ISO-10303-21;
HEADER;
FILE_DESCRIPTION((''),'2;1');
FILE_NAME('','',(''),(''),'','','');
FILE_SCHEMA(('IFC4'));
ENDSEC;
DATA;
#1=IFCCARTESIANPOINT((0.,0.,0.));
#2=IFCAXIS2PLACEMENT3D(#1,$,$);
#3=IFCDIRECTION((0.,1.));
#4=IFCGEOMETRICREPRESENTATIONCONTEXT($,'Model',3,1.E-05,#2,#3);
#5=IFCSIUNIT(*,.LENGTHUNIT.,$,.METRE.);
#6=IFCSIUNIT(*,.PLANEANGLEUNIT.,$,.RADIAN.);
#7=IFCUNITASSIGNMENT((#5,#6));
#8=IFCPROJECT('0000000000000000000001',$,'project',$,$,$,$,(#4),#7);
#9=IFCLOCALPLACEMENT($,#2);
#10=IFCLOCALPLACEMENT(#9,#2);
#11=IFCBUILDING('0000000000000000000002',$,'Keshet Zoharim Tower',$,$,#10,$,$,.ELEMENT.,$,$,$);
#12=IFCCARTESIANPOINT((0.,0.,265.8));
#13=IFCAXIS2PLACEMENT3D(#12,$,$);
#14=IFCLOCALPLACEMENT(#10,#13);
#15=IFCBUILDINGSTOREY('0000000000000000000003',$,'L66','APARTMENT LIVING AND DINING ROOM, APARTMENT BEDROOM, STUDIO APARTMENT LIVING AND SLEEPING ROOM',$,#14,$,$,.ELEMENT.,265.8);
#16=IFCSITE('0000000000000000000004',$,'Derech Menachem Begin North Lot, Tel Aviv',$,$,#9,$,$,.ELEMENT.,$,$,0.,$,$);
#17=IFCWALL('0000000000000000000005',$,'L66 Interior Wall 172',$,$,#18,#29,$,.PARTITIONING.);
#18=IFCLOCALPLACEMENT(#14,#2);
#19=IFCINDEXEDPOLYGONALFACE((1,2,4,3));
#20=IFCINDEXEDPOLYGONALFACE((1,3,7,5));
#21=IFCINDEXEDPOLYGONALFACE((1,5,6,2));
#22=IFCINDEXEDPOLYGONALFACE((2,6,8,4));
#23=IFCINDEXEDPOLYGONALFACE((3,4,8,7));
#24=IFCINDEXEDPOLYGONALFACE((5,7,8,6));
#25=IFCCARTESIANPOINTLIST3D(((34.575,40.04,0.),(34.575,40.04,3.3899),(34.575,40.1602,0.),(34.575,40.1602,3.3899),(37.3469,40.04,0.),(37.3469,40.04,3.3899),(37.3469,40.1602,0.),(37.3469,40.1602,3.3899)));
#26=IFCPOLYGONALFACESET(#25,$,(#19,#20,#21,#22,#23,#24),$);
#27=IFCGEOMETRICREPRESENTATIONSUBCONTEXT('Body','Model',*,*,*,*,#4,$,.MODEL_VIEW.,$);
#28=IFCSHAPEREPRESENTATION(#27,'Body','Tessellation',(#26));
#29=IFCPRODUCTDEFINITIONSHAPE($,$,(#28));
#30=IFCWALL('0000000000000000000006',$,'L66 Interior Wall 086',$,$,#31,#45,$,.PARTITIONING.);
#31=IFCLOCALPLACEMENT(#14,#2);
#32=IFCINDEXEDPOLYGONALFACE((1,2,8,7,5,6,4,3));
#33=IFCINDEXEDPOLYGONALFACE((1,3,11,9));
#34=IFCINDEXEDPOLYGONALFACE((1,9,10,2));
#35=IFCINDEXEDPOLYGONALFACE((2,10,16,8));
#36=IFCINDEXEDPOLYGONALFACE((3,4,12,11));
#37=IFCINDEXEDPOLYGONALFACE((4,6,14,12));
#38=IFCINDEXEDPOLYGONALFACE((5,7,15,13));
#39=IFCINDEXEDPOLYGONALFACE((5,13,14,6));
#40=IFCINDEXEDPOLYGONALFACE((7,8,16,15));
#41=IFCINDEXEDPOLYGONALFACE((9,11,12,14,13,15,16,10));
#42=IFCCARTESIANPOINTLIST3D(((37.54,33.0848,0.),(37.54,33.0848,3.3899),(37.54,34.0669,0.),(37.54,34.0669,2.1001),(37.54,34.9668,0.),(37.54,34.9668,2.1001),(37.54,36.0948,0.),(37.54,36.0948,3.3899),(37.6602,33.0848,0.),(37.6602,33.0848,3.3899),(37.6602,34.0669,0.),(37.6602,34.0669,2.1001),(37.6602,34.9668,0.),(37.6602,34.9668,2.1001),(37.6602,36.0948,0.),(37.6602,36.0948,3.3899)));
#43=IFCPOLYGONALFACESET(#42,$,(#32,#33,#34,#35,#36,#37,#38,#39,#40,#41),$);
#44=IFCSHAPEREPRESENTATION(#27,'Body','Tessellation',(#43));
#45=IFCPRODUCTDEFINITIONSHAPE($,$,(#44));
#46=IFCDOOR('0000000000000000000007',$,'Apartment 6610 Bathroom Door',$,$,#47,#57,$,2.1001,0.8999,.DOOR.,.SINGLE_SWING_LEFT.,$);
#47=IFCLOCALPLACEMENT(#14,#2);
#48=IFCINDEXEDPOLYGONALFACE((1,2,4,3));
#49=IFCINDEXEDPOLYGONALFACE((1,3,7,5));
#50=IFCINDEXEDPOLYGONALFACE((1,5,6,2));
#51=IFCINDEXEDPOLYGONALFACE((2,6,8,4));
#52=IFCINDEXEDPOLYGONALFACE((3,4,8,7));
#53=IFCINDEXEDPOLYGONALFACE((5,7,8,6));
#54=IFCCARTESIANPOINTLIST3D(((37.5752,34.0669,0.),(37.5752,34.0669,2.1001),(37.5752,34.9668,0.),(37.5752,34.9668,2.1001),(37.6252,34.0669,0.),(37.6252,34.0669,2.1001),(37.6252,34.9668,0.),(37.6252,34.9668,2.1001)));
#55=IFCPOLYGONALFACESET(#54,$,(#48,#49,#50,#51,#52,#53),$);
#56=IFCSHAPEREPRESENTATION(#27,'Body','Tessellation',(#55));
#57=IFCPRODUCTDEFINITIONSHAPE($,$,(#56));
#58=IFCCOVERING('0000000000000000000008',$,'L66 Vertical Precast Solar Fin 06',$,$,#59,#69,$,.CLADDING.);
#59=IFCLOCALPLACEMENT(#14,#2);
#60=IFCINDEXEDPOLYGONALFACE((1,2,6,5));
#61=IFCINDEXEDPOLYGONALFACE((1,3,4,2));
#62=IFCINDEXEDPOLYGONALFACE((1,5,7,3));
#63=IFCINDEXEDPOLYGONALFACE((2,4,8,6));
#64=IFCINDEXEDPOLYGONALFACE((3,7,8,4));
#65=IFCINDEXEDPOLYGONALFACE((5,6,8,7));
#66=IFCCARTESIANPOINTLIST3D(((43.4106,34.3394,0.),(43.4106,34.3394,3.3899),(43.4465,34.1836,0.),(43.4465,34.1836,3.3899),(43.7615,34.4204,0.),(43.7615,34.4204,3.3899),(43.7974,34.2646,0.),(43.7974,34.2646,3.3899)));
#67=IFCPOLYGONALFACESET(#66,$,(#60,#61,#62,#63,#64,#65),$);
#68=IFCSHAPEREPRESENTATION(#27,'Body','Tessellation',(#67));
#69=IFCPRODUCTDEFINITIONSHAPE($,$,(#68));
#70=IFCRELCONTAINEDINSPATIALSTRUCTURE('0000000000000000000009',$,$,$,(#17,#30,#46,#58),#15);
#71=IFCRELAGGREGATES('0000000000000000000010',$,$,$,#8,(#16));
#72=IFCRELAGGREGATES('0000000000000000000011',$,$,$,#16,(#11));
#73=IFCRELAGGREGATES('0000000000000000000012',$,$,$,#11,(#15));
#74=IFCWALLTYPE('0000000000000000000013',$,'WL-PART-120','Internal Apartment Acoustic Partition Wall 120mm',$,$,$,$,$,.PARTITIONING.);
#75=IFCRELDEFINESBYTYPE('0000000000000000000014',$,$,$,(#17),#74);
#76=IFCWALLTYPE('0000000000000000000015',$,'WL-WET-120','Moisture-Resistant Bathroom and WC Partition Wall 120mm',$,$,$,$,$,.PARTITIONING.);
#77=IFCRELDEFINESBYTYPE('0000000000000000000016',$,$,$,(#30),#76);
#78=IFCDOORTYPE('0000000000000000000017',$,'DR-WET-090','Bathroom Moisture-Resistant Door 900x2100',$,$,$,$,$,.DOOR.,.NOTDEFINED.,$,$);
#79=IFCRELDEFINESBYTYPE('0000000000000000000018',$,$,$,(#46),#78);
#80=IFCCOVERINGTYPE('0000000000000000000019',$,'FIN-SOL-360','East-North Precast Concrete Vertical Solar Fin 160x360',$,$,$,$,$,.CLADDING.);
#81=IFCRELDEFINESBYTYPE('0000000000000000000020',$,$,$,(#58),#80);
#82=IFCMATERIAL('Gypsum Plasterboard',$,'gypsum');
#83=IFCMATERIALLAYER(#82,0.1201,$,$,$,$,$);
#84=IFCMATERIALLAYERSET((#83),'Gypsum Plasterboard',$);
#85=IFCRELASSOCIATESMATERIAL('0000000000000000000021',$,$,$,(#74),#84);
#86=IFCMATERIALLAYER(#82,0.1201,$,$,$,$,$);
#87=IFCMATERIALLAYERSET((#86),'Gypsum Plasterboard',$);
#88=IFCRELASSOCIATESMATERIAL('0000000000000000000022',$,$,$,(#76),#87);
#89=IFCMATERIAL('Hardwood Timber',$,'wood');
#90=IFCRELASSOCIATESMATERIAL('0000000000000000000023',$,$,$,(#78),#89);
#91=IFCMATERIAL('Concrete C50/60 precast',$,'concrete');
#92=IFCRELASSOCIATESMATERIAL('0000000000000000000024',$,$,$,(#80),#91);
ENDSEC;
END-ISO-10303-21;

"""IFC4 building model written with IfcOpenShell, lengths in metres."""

from ifc_helpers import new_model, si_unit, direction, frame, frame_2d, origin, origin_2d, place, context, subcontext, project, spatial, rectangle, extrude, material, layer, layer_set, type_object, element, fill, save


model = new_model("IFC4")

# Units and contexts
model_context = context("Model", 3, precision=1e-05, world=origin(), true_north=direction((0.0, 1.0)))
body_context = subcontext(model_context, "Body", "Model", "MODEL_VIEW")
ifc_project = project(units=[si_unit("LENGTHUNIT", "METRE"), si_unit("PLANEANGLEUNIT", "RADIAN")], contexts=[model_context])

# Site, building, storey
site_placement = place(None, origin())
site = spatial("IfcSite", under=ifc_project, at=site_placement, Name="Derech Menachem Begin North Lot, Tel Aviv", CompositionType="ELEMENT", RefElevation=0.0)
building_placement = place(site_placement, origin())
building = spatial("IfcBuilding", under=site, at=building_placement, Name="Keshet Zoharim Tower", CompositionType="ELEMENT")
storey_placement = place(building_placement, frame((0.0, 0.0, 265.8)))
storey = spatial("IfcBuildingStorey", under=building, at=storey_placement, Name="L66", Description="APARTMENT LIVING AND DINING ROOM, APARTMENT BEDROOM, STUDIO APARTMENT LIVING AND SLEEPING ROOM", CompositionType="ELEMENT", Elevation=265.8)

# Shared definitions
ifc_material_1 = material(Name="Hardwood Timber", Category="wood")

# Shared definitions
ifc_material_2 = material(Name="Gypsum Plasterboard", Category="gypsum")
ifc_layer_1 = layer(ifc_material_2, 0.1201)
ifc_layer_set_1 = layer_set([ifc_layer_1], Name="Gypsum Plasterboard")
wall_type_1 = type_object("IfcWallType", Name="WL-PART-120", Description="Internal Apartment Acoustic Partition Wall 120mm", PredefinedType="PARTITIONING", material=ifc_layer_set_1)

# Wall
wall_1_placement = place(storey_placement, frame((34.575, 40.1001, 0.0), z_axis=(0.0, 0.0, 1.0), x_axis=(1.0, 0.0, 0.0)))
element("IfcWall", 1, at=wall_1_placement, inside=storey, type_object=wall_type_1, Name="L66 Interior Wall 172", PredefinedType="PARTITIONING", context=body_context, shape_type="SweptSolid", body=[
    extrude(rectangle(XDim=2.772, YDim=0.1201, at=frame_2d((1.386, 0.0))), origin(), (0.0, 0.0, 1.0), 3.3899),
])

# Wall, opening, door
ifc_layer_2 = layer(ifc_material_2, 0.1201)
ifc_layer_set_2 = layer_set([ifc_layer_2], Name="Gypsum Plasterboard")
wall_type_2 = type_object("IfcWallType", Name="WL-WET-120", Description="Moisture-Resistant Bathroom and WC Partition Wall 120mm", PredefinedType="PARTITIONING", material=ifc_layer_set_2)
wall_2_placement = place(storey_placement, frame((37.6001, 33.085, 0.0), z_axis=(0.0, 0.0, 1.0), x_axis=(0.0, 1.0, 0.0)))
wall_2 = element("IfcWall", 2, at=wall_2_placement, inside=storey, type_object=wall_type_2, Name="L66 Interior Wall 086", PredefinedType="PARTITIONING", context=body_context, shape_type="SweptSolid", body=[
    extrude(rectangle(XDim=3.01, YDim=0.1201, at=frame_2d((1.5049, 0.0))), origin(), (0.0, 0.0, 1.0), 3.3899),
])
opening_1_placement = place(wall_2_placement, frame((0.9819, 0.0, 0.0)))
opening_1 = element("IfcOpeningElement", 3, at=opening_1_placement, cuts=wall_2, PredefinedType="OPENING", context=body_context, shape_type="SweptSolid", body=[
    extrude(rectangle(XDim=0.8999, YDim=2.1001, at=frame_2d((0.45, 1.05))), frame((0.0, 0.0701, 0.0), z_axis=(0.0, -1.0, 0.0), x_axis=(1.0, 0.0, 0.0)), (0.0, 0.0, 1.0), 0.1401),
])
door_type_1 = type_object("IfcDoorType", Name="DR-WET-090", Description="Bathroom Moisture-Resistant Door 900x2100", OperationType="NOTDEFINED", PredefinedType="DOOR", material=ifc_material_1)
door_1_placement = place(opening_1_placement, origin())
door_1 = element("IfcDoor", 4, at=door_1_placement, inside=storey, type_object=door_type_1, Name="Apartment 6610 Bathroom Door", OperationType="SINGLE_SWING_LEFT", OverallHeight=2.1001, OverallWidth=0.8999, PredefinedType="DOOR", context=body_context, shape_type="SweptSolid", body=[
    extrude(rectangle(XDim=0.8999, YDim=2.1001, at=frame_2d((0.45, 1.05))), frame((0.0, 0.0249, 0.0), z_axis=(0.0, -1.0, 0.0), x_axis=(1.0, 0.0, 0.0)), (0.0, 0.0, 1.0), 0.05),
])
fill(opening_1, door_1)

# Covering
ifc_material_3 = material(Name="Concrete C50/60 precast", Category="concrete")
covering_type = type_object("IfcCoveringType", Name="FIN-SOL-360", Description="East-North Precast Concrete Vertical Solar Fin 160x360", PredefinedType="CLADDING", material=ifc_material_3)
covering_placement = place(storey_placement, frame((43.604, 34.302, 0.0), z_axis=(0.0, 0.0, 1.0), x_axis=(0.22483, -0.974398, 0.0)))
element("IfcCovering", 5, at=covering_placement, inside=storey, type_object=covering_type, Name="L66 Vertical Precast Solar Fin 06", PredefinedType="CLADDING", context=body_context, shape_type="SweptSolid", body=[
    extrude(rectangle(XDim=0.1599, YDim=0.3601, at=origin_2d()), origin(), (0.0, 0.0, 1.0), 3.3899),
])

save(model, "model.ifc")
